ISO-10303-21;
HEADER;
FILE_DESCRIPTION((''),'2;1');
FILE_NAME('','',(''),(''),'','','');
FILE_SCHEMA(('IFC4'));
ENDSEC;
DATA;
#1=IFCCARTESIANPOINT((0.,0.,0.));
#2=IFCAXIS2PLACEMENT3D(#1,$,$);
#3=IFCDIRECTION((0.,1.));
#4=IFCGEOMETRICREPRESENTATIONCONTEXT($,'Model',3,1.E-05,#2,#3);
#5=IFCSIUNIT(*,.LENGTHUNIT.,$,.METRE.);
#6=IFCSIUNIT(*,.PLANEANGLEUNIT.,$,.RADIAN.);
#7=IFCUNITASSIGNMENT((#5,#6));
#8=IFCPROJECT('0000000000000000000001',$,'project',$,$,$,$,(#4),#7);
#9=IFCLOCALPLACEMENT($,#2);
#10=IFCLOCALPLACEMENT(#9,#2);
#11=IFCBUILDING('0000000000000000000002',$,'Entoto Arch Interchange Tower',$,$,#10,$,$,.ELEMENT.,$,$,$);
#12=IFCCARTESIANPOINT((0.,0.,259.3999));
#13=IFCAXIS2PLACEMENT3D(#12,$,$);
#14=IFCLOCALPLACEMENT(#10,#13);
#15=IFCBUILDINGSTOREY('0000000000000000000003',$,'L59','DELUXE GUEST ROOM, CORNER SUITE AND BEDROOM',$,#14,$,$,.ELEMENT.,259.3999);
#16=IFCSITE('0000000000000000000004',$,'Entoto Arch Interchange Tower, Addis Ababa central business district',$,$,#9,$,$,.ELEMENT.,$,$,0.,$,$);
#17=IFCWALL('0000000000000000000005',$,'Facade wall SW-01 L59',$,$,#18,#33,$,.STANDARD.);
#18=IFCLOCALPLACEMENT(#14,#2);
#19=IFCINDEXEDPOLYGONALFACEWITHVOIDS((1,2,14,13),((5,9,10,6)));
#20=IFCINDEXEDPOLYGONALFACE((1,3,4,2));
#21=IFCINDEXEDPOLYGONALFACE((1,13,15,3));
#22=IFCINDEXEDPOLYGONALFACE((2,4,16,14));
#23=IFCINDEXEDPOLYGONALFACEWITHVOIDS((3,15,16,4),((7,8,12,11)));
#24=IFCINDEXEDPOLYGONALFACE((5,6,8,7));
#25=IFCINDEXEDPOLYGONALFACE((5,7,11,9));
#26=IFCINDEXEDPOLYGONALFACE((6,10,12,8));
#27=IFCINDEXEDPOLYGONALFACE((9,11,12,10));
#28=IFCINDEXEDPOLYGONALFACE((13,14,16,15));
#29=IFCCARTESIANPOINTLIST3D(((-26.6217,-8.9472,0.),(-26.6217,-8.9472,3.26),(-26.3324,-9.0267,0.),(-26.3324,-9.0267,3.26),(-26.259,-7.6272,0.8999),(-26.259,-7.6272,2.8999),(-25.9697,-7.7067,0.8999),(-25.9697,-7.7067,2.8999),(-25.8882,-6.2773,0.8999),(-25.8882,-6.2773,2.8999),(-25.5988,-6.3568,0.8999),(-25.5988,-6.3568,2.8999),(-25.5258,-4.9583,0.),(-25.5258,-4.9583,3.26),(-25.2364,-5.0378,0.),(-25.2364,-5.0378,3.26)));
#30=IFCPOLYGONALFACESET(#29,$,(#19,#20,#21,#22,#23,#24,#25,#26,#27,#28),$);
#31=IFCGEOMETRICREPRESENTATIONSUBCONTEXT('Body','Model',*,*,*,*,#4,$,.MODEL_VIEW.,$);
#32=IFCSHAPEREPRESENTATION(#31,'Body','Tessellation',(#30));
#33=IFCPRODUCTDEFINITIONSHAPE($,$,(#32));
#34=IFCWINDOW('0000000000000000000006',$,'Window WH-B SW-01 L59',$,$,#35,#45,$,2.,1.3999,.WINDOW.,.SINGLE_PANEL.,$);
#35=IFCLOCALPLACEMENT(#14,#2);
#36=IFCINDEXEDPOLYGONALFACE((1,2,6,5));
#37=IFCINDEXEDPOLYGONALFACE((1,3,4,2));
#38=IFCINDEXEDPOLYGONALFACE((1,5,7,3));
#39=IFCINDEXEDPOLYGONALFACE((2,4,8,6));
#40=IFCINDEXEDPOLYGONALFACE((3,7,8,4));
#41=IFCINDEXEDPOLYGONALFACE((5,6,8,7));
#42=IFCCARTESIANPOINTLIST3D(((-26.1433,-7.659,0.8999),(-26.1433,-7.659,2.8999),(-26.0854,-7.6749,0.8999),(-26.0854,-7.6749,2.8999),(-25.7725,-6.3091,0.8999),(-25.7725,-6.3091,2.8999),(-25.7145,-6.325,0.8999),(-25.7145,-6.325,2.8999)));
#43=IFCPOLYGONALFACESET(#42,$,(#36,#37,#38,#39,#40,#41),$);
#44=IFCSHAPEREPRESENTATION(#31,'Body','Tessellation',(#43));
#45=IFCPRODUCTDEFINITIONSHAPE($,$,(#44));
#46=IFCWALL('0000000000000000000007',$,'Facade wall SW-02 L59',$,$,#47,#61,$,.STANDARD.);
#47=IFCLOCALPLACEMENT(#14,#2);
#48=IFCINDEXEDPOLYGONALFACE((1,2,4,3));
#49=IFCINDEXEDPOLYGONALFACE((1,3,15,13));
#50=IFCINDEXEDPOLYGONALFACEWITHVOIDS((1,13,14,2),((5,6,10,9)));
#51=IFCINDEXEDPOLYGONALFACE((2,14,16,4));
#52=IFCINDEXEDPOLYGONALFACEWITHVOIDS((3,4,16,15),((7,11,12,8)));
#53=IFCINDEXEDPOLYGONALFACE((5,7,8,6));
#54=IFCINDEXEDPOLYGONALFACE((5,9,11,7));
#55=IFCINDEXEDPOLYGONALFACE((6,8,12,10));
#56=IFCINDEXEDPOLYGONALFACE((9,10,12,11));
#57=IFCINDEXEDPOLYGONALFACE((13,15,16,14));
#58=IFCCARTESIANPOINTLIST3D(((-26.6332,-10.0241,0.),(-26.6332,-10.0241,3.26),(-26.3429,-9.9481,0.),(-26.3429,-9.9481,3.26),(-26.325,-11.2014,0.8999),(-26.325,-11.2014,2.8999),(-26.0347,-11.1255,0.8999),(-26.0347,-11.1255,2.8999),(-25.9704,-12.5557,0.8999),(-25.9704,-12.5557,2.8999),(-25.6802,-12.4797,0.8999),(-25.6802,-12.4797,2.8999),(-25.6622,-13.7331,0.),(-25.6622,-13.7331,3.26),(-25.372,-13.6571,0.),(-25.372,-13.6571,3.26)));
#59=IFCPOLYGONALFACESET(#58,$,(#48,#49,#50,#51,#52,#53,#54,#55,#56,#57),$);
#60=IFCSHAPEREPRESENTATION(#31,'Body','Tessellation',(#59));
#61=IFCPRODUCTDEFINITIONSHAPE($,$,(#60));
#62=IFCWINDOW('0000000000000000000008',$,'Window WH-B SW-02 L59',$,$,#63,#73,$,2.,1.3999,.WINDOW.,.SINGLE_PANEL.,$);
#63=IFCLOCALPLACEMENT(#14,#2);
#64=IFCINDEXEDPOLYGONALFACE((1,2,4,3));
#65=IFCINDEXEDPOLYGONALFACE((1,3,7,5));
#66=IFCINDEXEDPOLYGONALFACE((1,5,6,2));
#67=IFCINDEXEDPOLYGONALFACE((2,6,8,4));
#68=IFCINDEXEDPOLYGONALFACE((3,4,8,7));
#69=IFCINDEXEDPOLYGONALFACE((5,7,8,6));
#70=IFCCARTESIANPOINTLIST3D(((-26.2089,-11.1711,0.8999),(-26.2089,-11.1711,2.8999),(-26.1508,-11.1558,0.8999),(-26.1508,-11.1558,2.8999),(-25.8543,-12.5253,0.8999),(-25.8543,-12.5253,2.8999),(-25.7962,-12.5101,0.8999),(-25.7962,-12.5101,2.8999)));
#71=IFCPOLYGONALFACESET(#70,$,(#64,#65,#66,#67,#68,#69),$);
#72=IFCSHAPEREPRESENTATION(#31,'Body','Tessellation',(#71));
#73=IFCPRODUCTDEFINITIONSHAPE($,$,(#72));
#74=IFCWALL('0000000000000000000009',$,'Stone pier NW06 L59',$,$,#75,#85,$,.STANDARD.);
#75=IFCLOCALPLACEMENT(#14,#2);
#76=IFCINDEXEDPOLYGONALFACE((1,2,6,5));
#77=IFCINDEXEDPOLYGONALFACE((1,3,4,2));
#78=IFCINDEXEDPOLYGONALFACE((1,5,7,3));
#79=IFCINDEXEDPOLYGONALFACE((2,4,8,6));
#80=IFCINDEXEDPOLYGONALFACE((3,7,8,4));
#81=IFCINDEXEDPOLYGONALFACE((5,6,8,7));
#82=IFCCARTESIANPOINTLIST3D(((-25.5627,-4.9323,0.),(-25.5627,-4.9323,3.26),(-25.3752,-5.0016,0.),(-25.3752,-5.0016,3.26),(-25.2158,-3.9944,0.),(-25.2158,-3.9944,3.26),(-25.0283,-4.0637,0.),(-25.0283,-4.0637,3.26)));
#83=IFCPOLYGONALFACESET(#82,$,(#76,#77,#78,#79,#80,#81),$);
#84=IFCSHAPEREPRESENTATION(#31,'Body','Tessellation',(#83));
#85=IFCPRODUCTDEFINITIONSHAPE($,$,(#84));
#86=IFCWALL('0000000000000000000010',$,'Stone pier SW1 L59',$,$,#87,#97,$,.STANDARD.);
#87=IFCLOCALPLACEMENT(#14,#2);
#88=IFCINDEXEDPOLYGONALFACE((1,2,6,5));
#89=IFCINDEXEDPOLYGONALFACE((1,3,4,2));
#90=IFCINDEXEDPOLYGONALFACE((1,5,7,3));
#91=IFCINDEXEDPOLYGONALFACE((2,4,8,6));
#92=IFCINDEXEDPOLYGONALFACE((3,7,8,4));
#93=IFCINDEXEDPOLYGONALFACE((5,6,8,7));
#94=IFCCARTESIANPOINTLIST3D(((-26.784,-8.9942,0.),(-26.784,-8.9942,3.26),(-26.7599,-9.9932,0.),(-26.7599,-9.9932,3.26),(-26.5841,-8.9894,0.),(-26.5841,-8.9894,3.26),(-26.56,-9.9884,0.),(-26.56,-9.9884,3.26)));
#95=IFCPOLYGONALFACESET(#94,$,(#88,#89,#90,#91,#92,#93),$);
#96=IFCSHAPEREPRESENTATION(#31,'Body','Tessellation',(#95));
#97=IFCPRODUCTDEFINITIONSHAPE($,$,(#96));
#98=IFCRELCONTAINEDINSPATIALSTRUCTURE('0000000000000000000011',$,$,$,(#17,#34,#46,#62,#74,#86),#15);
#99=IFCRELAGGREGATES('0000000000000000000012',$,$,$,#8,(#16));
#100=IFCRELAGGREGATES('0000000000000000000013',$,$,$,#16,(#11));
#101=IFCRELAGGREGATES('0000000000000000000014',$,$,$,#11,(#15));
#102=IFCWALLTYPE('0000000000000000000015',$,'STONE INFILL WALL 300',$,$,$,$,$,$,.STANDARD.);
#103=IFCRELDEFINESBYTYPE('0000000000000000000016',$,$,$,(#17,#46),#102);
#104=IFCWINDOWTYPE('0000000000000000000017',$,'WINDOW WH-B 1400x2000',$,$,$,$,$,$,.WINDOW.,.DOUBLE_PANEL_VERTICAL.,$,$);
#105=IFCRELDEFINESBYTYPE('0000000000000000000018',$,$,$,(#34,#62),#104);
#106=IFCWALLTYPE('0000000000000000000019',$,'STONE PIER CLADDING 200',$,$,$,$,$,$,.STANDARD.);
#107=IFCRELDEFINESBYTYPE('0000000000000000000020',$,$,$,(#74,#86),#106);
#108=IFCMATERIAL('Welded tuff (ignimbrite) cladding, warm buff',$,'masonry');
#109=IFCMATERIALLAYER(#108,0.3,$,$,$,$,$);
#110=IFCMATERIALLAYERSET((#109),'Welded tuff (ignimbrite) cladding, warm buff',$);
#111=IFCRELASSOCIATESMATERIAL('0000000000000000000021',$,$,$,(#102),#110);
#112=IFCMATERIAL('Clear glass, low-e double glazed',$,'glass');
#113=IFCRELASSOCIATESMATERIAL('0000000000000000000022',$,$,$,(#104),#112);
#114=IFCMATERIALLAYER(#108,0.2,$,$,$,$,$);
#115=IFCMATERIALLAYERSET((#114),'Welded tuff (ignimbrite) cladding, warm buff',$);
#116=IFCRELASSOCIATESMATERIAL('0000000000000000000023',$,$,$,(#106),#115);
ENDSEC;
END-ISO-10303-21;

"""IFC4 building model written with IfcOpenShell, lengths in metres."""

from ifc_helpers import new_model, si_unit, direction, frame, frame_2d, origin, place, context, subcontext, project, spatial, rectangle, extrude, material, layer, layer_set, type_object, element, fill, save


model = new_model("IFC4")

# Units and contexts
model_context = context("Model", 3, precision=1e-05, world=origin(), true_north=direction((0.0, 1.0)))
body_context = subcontext(model_context, "Body", "Model", "MODEL_VIEW")
ifc_project = project(units=[si_unit("LENGTHUNIT", "METRE"), si_unit("PLANEANGLEUNIT", "RADIAN")], contexts=[model_context])

# Site, building, storey
site_placement = place(None, origin())
site = spatial("IfcSite", under=ifc_project, at=site_placement, Name="Entoto Arch Interchange Tower, Addis Ababa central business district", CompositionType="ELEMENT", RefElevation=0.0)
building_placement = place(site_placement, origin())
building = spatial("IfcBuilding", under=site, at=building_placement, Name="Entoto Arch Interchange Tower", CompositionType="ELEMENT")
storey_placement = place(building_placement, frame((0.0, 0.0, 259.3999)))
storey = spatial("IfcBuildingStorey", under=building, at=storey_placement, Name="L59", Description="DELUXE GUEST ROOM, CORNER SUITE AND BEDROOM", CompositionType="ELEMENT", Elevation=259.3999)

# Walls, openings, windows
ifc_material_1 = material(Name="Welded tuff (ignimbrite) cladding, warm buff", Category="masonry")
ifc_layer_1 = layer(ifc_material_1, 0.3)
ifc_layer_set_1 = layer_set([ifc_layer_1], Name="Welded tuff (ignimbrite) cladding, warm buff")
wall_type_1 = type_object("IfcWallType", Name="STONE INFILL WALL 300", PredefinedType="STANDARD", material=ifc_layer_set_1)
wall_1_placement = place(storey_placement, frame((-25.3811, -4.998, 0.0), z_axis=(0.0, 0.0, 1.0), x_axis=(-0.264925, -0.964269, 0.0)))
wall_1 = element("IfcWall", 1, at=wall_1_placement, inside=storey, type_object=wall_type_1, Name="Facade wall SW-01 L59", PredefinedType="STANDARD", context=body_context, shape_type="SweptSolid", body=[
    extrude(rectangle(XDim=4.1367, YDim=0.3, at=frame_2d((2.0684, 0.0))), origin(), (0.0, 0.0, 1.0), 3.26),
])
opening_1_placement = place(wall_1_placement, frame((1.3679, 0.0, 0.8999)))
opening_1 = element("IfcOpeningElement", 2, at=opening_1_placement, cuts=wall_1, PredefinedType="OPENING", context=body_context, shape_type="SweptSolid", body=[
    extrude(rectangle(XDim=1.3999, YDim=2.0, at=frame_2d((0.7, 1.0))), frame((0.0, 0.1602, 0.0), z_axis=(0.0, -1.0, 0.0), x_axis=(1.0, 0.0, 0.0)), (0.0, 0.0, 1.0), 0.3201),
])
ifc_material_2 = material(Name="Clear glass, low-e double glazed", Category="glass")
window_type = type_object("IfcWindowType", Name="WINDOW WH-B 1400x2000", PartitioningType="DOUBLE_PANEL_VERTICAL", PredefinedType="WINDOW", material=ifc_material_2)
window_1_placement = place(opening_1_placement, origin())
window_1 = element("IfcWindow", 3, at=window_1_placement, inside=storey, type_object=window_type, Name="Window WH-B SW-01 L59", OverallHeight=2.0, OverallWidth=1.3999, PartitioningType="SINGLE_PANEL", PredefinedType="WINDOW", context=body_context, shape_type="SweptSolid", body=[
    extrude(rectangle(XDim=1.3999, YDim=2.0, at=frame_2d((0.7, 1.0))), frame((0.0, 0.03, 0.0), z_axis=(0.0, -1.0, 0.0), x_axis=(1.0, 0.0, 0.0)), (0.0, 0.0, 1.0), 0.0601),
])
fill(opening_1, window_1)
wall_2_placement = place(storey_placement, frame((-26.488, -9.9861, 0.0), z_axis=(0.0, 0.0, 1.0), x_axis=(0.253249, -0.967401, 0.0)))
wall_2 = element("IfcWall", 4, at=wall_2_placement, inside=storey, type_object=wall_type_1, Name="Facade wall SW-02 L59", PredefinedType="STANDARD", context=body_context, shape_type="SweptSolid", body=[
    extrude(rectangle(XDim=3.834, YDim=0.3, at=frame_2d((1.917, 0.0))), origin(), (0.0, 0.0, 1.0), 3.26),
])
opening_2_placement = place(wall_2_placement, frame((1.217, 0.0, 0.8999)))
opening_2 = element("IfcOpeningElement", 5, at=opening_2_placement, cuts=wall_2, PredefinedType="OPENING", context=body_context, shape_type="SweptSolid", body=[
    extrude(rectangle(XDim=1.3999, YDim=2.0, at=frame_2d((0.7, 1.0))), frame((0.0, 0.1602, 0.0), z_axis=(0.0, -1.0, 0.0), x_axis=(1.0, 0.0, 0.0)), (0.0, 0.0, 1.0), 0.3201),
])
window_2_placement = place(opening_2_placement, origin())
window_2 = element("IfcWindow", 6, at=window_2_placement, inside=storey, type_object=window_type, Name="Window WH-B SW-02 L59", OverallHeight=2.0, OverallWidth=1.3999, PartitioningType="SINGLE_PANEL", PredefinedType="WINDOW", context=body_context, shape_type="SweptSolid", body=[
    extrude(rectangle(XDim=1.3999, YDim=2.0, at=frame_2d((0.7, 1.0))), frame((0.0, 0.03, 0.0), z_axis=(0.0, -1.0, 0.0), x_axis=(1.0, 0.0, 0.0)), (0.0, 0.0, 1.0), 0.0601),
])
fill(opening_2, window_2)

# Walls
ifc_layer_2 = layer(ifc_material_1, 0.2)
ifc_layer_set_2 = layer_set([ifc_layer_2], Name="Welded tuff (ignimbrite) cladding, warm buff")
wall_type_2 = type_object("IfcWallType", Name="STONE PIER CLADDING 200", PredefinedType="STANDARD", material=ifc_layer_set_2)
wall_3_placement = place(storey_placement, frame((-25.1221, -4.0291, 0.0), z_axis=(0.0, 0.0, 1.0), x_axis=(-0.346893, -0.937905, 0.0)))
element("IfcWall", 7, at=wall_3_placement, inside=storey, type_object=wall_type_2, Name="Stone pier NW06 L59", PredefinedType="STANDARD", context=body_context, shape_type="SweptSolid", body=[
    extrude(rectangle(XDim=1.0, YDim=0.2, at=frame_2d((0.5, 0.0))), origin(), (0.0, 0.0, 1.0), 3.26),
])
wall_4_placement = place(storey_placement, frame((-26.6841, -8.9919, 0.0), z_axis=(0.0, 0.0, 1.0), x_axis=(0.024186, -0.999707, 0.0)))
element("IfcWall", 8, at=wall_4_placement, inside=storey, type_object=wall_type_2, Name="Stone pier SW1 L59", PredefinedType="STANDARD", context=body_context, shape_type="SweptSolid", body=[
    extrude(rectangle(XDim=0.9993, YDim=0.2, at=frame_2d((0.4995, 0.0))), origin(), (0.0, 0.0, 1.0), 3.26),
])

save(model, "model.ifc")
